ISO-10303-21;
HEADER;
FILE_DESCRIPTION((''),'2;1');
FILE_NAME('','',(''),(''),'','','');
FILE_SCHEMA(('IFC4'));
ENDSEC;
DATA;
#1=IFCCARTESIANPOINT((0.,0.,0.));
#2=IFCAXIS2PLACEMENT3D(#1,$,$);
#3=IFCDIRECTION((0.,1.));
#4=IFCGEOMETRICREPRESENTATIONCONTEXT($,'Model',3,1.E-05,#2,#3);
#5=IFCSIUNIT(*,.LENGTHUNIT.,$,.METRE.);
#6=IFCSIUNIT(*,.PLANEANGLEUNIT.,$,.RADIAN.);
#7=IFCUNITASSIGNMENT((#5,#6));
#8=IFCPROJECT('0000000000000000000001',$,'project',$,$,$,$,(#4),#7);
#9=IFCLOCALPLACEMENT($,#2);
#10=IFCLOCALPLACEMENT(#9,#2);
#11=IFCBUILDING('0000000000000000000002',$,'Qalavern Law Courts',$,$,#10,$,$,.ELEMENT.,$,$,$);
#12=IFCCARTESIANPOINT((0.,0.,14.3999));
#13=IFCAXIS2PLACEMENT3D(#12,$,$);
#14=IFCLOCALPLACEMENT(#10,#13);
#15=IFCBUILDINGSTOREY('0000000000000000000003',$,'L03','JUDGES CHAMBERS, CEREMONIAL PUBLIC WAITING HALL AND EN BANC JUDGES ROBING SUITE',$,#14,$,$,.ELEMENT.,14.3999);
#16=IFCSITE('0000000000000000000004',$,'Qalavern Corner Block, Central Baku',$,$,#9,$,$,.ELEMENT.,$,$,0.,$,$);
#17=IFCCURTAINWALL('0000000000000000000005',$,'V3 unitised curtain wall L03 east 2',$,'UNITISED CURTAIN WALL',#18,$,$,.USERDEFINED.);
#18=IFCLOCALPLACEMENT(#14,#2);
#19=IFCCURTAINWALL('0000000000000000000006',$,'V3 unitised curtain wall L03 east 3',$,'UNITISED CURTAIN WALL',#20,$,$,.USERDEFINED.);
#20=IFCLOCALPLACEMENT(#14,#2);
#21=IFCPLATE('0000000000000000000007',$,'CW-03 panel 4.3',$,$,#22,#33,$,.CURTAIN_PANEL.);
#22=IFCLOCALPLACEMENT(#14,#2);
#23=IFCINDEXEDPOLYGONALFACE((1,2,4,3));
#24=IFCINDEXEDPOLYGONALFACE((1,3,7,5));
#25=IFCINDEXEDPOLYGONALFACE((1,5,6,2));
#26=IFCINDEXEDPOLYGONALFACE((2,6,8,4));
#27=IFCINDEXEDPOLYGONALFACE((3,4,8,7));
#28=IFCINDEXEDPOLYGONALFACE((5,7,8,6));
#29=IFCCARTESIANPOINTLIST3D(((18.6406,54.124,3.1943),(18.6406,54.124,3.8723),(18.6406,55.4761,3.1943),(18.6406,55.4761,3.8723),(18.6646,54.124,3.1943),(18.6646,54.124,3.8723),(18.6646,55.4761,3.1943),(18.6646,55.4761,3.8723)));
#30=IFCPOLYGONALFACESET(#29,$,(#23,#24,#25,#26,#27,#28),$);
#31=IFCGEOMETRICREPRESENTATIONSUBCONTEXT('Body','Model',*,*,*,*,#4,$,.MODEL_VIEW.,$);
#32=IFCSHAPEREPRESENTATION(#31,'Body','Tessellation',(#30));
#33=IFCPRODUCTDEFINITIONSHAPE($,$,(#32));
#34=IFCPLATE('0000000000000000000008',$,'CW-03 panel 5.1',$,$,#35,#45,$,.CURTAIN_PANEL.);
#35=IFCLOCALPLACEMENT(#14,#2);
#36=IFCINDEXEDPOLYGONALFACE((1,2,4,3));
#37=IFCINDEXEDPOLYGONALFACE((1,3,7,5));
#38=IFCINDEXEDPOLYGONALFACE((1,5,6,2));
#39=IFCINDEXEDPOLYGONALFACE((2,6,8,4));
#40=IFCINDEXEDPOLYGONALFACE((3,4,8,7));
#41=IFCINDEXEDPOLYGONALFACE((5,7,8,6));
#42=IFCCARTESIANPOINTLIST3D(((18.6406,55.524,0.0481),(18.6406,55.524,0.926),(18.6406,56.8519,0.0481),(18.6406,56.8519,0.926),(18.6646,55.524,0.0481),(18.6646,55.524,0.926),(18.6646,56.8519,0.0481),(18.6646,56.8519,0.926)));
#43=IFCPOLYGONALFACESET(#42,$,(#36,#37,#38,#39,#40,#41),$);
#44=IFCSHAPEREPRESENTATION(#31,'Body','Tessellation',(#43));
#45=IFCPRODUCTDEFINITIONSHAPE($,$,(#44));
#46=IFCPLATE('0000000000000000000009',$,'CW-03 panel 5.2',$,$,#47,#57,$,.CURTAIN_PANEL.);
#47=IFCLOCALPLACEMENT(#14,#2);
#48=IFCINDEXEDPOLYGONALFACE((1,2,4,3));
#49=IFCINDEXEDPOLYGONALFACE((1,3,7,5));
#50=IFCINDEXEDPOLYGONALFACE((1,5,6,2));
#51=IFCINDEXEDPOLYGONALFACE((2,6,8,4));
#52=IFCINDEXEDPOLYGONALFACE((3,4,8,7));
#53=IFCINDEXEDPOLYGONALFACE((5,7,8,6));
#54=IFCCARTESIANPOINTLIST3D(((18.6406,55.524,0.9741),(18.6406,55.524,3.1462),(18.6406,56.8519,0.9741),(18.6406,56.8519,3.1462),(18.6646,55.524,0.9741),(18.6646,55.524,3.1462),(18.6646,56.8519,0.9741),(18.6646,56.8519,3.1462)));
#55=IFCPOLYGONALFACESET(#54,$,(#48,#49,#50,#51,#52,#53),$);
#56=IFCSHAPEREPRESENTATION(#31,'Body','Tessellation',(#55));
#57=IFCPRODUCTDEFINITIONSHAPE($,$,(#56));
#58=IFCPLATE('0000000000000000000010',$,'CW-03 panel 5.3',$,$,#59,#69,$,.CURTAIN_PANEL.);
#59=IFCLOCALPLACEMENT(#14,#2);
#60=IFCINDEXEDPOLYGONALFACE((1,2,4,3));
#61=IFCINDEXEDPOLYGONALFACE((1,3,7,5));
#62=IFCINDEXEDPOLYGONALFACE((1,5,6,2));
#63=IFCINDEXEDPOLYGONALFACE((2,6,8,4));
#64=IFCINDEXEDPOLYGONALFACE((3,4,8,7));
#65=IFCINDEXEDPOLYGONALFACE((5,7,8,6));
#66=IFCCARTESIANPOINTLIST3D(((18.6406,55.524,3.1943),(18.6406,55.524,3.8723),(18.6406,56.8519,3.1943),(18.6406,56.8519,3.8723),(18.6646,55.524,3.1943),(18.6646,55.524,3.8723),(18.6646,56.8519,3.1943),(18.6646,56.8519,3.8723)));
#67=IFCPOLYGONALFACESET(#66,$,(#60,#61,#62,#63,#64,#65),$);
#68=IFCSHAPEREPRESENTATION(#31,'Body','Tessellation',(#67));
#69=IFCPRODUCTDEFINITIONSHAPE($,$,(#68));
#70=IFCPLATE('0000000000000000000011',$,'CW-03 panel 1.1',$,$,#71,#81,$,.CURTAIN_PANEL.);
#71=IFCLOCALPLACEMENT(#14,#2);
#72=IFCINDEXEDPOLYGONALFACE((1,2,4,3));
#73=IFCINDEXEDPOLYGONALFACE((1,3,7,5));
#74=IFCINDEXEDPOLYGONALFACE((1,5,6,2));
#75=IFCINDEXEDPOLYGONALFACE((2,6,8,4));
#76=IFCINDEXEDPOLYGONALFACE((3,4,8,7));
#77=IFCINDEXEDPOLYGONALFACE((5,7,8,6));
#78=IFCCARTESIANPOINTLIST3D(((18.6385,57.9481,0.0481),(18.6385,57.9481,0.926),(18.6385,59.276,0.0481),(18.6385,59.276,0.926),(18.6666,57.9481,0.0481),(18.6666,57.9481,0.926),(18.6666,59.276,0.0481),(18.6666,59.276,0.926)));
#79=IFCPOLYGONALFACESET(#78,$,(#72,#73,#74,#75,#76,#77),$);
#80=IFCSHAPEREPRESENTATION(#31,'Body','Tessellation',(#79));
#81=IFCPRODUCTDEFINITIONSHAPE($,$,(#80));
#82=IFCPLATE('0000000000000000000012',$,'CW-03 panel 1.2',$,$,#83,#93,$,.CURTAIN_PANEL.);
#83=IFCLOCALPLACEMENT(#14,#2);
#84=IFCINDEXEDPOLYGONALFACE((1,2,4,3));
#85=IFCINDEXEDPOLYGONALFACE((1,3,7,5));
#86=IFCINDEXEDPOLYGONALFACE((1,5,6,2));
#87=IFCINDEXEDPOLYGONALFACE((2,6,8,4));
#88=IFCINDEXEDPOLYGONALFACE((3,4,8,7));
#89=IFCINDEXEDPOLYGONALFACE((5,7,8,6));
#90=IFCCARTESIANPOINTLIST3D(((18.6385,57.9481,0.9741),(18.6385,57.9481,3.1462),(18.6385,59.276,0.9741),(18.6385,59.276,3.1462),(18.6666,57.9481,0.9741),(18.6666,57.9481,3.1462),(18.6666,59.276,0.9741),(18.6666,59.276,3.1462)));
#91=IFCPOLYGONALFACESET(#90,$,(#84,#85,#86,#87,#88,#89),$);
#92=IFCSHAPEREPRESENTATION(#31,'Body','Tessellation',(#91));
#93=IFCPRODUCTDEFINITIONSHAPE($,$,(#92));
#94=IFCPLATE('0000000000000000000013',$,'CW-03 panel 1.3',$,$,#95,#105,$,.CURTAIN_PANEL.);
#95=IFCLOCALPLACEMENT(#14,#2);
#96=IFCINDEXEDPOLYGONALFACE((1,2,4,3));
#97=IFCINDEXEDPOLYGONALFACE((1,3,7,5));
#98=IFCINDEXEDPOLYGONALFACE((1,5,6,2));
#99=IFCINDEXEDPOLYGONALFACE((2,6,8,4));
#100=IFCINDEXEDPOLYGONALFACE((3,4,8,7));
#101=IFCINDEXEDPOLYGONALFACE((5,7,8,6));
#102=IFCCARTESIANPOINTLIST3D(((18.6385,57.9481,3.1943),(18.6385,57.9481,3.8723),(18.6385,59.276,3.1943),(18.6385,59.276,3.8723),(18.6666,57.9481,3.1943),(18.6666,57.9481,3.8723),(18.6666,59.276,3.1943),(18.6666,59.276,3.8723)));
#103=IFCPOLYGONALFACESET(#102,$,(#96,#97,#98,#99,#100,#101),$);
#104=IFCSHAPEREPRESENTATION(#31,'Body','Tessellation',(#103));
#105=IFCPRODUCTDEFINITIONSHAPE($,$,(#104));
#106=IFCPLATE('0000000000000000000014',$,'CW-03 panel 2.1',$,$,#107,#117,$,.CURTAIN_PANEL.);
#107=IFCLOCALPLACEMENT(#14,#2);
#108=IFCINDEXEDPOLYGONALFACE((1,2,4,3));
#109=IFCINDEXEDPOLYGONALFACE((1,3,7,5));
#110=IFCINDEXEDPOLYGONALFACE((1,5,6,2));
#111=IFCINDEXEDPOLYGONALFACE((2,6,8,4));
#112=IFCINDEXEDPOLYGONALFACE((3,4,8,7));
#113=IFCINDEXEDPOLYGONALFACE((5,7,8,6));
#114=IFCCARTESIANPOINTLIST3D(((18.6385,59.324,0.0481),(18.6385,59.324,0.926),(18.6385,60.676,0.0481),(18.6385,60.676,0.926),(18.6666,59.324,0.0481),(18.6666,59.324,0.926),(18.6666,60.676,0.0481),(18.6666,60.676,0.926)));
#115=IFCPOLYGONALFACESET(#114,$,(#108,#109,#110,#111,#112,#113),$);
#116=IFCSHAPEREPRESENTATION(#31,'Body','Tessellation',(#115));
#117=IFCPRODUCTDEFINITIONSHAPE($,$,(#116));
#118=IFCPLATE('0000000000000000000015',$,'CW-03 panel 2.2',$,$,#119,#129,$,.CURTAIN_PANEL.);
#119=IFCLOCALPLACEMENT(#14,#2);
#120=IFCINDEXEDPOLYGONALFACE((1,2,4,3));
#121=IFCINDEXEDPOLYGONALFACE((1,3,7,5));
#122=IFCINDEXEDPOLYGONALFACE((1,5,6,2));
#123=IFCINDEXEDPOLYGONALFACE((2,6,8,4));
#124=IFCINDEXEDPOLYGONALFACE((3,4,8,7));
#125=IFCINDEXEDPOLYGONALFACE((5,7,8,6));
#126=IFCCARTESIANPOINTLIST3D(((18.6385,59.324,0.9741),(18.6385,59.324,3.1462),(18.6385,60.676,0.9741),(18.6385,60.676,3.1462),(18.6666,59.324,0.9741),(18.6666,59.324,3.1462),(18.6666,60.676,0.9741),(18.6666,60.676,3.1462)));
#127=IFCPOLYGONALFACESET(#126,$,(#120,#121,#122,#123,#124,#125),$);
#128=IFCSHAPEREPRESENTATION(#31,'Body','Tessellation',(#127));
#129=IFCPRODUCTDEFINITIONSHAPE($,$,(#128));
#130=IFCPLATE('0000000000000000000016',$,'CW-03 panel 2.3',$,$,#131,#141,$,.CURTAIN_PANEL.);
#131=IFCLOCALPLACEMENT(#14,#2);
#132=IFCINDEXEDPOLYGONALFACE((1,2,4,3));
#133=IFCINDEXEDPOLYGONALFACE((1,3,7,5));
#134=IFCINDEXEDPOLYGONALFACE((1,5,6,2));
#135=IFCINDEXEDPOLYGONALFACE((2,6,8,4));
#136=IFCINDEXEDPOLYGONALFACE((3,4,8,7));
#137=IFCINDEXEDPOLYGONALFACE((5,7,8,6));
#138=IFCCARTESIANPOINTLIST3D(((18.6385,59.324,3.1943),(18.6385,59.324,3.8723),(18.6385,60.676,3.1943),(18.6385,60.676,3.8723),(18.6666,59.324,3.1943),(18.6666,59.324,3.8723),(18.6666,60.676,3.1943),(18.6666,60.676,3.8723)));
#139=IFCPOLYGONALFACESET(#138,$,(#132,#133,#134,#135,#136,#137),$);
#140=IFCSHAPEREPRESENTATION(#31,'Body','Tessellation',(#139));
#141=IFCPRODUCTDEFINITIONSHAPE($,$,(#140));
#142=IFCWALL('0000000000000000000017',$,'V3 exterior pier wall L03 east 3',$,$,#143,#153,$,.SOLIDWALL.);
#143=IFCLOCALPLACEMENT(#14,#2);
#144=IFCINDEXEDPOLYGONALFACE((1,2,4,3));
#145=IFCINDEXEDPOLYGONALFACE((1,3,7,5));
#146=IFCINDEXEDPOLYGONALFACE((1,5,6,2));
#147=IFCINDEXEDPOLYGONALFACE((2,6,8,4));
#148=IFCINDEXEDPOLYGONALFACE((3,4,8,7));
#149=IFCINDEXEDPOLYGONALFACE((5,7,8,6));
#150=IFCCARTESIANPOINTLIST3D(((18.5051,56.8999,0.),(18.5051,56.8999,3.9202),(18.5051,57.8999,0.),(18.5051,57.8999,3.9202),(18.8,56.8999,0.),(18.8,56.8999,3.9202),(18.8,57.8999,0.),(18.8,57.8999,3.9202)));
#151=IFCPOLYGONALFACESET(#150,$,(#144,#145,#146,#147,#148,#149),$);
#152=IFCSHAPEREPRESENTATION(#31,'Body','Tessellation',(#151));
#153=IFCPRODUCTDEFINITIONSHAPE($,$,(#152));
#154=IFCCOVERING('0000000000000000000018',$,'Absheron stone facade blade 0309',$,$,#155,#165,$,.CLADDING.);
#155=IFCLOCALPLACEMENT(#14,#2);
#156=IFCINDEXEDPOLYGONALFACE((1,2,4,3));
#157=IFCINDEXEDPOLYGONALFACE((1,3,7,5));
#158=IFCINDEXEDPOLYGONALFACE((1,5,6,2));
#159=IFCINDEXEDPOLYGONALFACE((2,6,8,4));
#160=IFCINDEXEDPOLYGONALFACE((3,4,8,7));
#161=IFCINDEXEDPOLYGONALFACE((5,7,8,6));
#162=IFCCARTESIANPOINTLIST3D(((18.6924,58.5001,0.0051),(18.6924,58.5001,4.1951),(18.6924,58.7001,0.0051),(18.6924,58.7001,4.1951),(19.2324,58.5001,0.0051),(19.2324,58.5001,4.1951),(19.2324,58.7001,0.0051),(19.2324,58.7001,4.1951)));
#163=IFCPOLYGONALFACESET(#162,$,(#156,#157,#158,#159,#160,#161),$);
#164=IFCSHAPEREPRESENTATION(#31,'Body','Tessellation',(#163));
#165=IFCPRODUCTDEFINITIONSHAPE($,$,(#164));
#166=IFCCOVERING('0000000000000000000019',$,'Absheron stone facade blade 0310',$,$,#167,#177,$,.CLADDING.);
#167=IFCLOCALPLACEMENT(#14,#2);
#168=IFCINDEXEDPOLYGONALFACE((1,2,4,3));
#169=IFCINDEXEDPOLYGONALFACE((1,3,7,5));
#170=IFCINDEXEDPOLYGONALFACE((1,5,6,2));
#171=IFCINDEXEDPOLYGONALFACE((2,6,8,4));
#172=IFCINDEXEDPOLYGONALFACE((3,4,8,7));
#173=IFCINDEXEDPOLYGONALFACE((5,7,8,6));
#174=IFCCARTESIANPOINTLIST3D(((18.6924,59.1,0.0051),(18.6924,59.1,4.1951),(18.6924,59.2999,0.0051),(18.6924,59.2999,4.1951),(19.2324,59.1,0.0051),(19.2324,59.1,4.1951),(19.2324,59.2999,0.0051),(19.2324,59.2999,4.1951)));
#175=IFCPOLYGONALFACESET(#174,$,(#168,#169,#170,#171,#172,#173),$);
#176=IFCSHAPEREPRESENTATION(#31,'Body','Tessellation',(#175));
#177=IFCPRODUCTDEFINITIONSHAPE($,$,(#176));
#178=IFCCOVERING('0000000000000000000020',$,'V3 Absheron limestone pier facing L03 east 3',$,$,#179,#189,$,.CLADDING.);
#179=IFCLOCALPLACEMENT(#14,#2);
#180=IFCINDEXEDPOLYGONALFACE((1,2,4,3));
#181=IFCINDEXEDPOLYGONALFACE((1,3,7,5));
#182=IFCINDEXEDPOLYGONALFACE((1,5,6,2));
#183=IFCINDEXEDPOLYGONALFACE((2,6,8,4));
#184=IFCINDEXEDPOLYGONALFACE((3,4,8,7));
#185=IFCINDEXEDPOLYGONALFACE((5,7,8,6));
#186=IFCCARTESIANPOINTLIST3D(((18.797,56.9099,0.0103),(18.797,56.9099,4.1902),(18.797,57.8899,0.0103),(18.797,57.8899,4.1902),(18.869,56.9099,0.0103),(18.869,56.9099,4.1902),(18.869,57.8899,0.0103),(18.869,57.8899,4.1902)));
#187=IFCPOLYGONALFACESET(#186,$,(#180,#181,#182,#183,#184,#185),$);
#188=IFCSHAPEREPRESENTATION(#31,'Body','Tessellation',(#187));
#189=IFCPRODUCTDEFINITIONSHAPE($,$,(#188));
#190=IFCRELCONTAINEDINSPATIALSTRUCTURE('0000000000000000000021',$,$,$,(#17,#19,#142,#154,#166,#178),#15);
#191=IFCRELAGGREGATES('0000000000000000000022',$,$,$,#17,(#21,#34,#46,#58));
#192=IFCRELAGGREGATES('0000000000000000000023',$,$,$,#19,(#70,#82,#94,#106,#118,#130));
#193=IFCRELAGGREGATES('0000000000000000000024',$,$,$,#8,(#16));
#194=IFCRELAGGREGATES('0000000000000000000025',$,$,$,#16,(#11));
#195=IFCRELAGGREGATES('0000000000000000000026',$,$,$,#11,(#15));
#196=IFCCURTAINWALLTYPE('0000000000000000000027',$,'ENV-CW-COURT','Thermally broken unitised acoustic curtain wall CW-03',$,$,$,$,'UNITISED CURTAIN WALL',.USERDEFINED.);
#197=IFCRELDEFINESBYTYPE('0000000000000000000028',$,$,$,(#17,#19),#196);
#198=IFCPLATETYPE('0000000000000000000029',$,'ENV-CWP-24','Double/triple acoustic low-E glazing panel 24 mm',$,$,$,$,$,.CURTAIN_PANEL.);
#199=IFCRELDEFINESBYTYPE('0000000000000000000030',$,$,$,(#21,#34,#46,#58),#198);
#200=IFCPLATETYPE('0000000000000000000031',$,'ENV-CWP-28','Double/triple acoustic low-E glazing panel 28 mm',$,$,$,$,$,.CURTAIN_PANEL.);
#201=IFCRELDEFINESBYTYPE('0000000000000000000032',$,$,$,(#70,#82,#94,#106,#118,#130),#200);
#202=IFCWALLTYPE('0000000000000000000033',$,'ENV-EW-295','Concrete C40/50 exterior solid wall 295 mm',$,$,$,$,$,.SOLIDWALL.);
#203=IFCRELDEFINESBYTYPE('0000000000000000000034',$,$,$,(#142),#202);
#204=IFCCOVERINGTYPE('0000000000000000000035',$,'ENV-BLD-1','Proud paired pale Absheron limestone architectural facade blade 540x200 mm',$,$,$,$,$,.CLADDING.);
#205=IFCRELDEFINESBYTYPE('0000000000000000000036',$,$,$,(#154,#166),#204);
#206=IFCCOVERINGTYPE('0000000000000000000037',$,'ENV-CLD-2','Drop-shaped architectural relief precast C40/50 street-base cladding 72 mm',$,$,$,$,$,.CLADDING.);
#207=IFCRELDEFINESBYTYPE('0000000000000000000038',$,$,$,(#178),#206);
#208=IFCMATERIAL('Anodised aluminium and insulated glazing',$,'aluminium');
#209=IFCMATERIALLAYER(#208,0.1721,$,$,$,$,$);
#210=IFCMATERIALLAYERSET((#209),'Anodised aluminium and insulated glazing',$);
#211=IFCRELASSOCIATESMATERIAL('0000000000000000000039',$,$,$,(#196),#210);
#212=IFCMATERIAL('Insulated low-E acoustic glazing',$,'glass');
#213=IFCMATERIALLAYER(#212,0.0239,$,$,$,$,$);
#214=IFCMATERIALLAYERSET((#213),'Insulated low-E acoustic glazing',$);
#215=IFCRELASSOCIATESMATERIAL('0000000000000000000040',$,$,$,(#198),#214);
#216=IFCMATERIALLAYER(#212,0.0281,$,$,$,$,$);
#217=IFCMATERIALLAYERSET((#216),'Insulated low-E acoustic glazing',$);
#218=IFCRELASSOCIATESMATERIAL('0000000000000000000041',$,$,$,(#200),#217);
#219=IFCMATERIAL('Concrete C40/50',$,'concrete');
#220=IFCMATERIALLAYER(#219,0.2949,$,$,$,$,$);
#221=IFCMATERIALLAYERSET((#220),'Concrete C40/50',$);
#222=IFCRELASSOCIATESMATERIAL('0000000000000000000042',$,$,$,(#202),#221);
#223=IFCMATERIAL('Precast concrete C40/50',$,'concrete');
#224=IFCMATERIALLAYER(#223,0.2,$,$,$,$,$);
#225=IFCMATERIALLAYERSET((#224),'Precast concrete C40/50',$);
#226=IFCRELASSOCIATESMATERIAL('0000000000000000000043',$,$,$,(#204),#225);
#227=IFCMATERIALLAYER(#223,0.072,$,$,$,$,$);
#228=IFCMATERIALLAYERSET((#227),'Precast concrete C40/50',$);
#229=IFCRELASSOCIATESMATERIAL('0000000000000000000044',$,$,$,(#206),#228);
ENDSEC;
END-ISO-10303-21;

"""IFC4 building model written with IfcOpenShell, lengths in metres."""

from ifc_helpers import new_model, si_unit, direction, frame, frame_2d, origin, origin_2d, place, context, subcontext, project, spatial, rectangle, extrude, material, layer, layer_set, type_object, element, aggregate, save


model = new_model("IFC4")

# Units and contexts
model_context = context("Model", 3, precision=1e-05, world=origin(), true_north=direction((0.0, 1.0)))
body_context = subcontext(model_context, "Body", "Model", "MODEL_VIEW")
ifc_project = project(units=[si_unit("LENGTHUNIT", "METRE"), si_unit("PLANEANGLEUNIT", "RADIAN")], contexts=[model_context])

# Site, building, storey
site_placement = place(None, origin())
site = spatial("IfcSite", under=ifc_project, at=site_placement, Name="Qalavern Corner Block, Central Baku", CompositionType="ELEMENT", RefElevation=0.0)
building_placement = place(site_placement, origin())
building = spatial("IfcBuilding", under=site, at=building_placement, Name="Qalavern Law Courts", CompositionType="ELEMENT")
storey_placement = place(building_placement, frame((0.0, 0.0, 14.3999)))
storey = spatial("IfcBuildingStorey", under=building, at=storey_placement, Name="L03", Description="JUDGES CHAMBERS, CEREMONIAL PUBLIC WAITING HALL AND EN BANC JUDGES ROBING SUITE", CompositionType="ELEMENT", Elevation=14.3999)

# Curtain walls
ifc_material_1 = material(Name="Anodised aluminium and insulated glazing", Category="aluminium")
ifc_layer_1 = layer(ifc_material_1, 0.1721)
ifc_layer_set_1 = layer_set([ifc_layer_1], Name="Anodised aluminium and insulated glazing")
curtain_wall_type = type_object("IfcCurtainWallType", Name="ENV-CW-COURT", Description="Thermally broken unitised acoustic curtain wall CW-03", ElementType="UNITISED CURTAIN WALL", PredefinedType="USERDEFINED", material=ifc_layer_set_1)
curtain_wall_1_placement = place(storey_placement, origin())
curtain_wall_1 = element("IfcCurtainWall", 1, at=curtain_wall_1_placement, inside=storey, type_object=curtain_wall_type, Name="V3 unitised curtain wall L03 east 2", ObjectType="UNITISED CURTAIN WALL", PredefinedType="USERDEFINED")
curtain_wall_2_placement = place(storey_placement, origin())
curtain_wall_2 = element("IfcCurtainWall", 2, at=curtain_wall_2_placement, inside=storey, type_object=curtain_wall_type, Name="V3 unitised curtain wall L03 east 3", ObjectType="UNITISED CURTAIN WALL", PredefinedType="USERDEFINED")

# Plates
ifc_material_2 = material(Name="Insulated low-E acoustic glazing", Category="glass")
ifc_layer_2 = layer(ifc_material_2, 0.0239)
ifc_layer_set_2 = layer_set([ifc_layer_2], Name="Insulated low-E acoustic glazing")
plate_type_1 = type_object("IfcPlateType", Name="ENV-CWP-24", Description="Double/triple acoustic low-E glazing panel 24 mm", PredefinedType="CURTAIN_PANEL", material=ifc_layer_set_2)
plate_1_placement = place(storey_placement, frame((18.6526, 54.8, 3.1943), z_axis=(0.0, 0.0, 1.0), x_axis=(0.0, 1.0, 0.0)))
plate_1 = element("IfcPlate", 3, at=plate_1_placement, type_object=plate_type_1, Name="CW-03 panel 4.3", PredefinedType="CURTAIN_PANEL", context=body_context, shape_type="SweptSolid", body=[
    extrude(rectangle(XDim=1.3521, YDim=0.0239, at=origin_2d()), origin(), (0.0, 0.0, 1.0), 0.678),
])
plate_2_placement = place(storey_placement, frame((18.6526, 56.188, 0.0481), z_axis=(0.0, 0.0, 1.0), x_axis=(0.0, 1.0, 0.0)))
plate_2 = element("IfcPlate", 4, at=plate_2_placement, type_object=plate_type_1, Name="CW-03 panel 5.1", PredefinedType="CURTAIN_PANEL", context=body_context, shape_type="SweptSolid", body=[
    extrude(rectangle(XDim=1.3279, YDim=0.0239, at=origin_2d()), origin(), (0.0, 0.0, 1.0), 0.8779),
])
plate_3_placement = place(storey_placement, frame((18.6526, 56.188, 0.9741), z_axis=(0.0, 0.0, 1.0), x_axis=(0.0, 1.0, 0.0)))
plate_3 = element("IfcPlate", 5, at=plate_3_placement, type_object=plate_type_1, Name="CW-03 panel 5.2", PredefinedType="CURTAIN_PANEL", context=body_context, shape_type="SweptSolid", body=[
    extrude(rectangle(XDim=1.3279, YDim=0.0239, at=origin_2d()), origin(), (0.0, 0.0, 1.0), 2.1721),
])
plate_4_placement = place(storey_placement, frame((18.6526, 56.188, 3.1943), z_axis=(0.0, 0.0, 1.0), x_axis=(0.0, 1.0, 0.0)))
plate_4 = element("IfcPlate", 6, at=plate_4_placement, type_object=plate_type_1, Name="CW-03 panel 5.3", PredefinedType="CURTAIN_PANEL", context=body_context, shape_type="SweptSolid", body=[
    extrude(rectangle(XDim=1.3279, YDim=0.0239, at=origin_2d()), origin(), (0.0, 0.0, 1.0), 0.678),
])
aggregate(curtain_wall_1, [plate_1, plate_2, plate_3, plate_4])
ifc_layer_3 = layer(ifc_material_2, 0.0281)
ifc_layer_set_3 = layer_set([ifc_layer_3], Name="Insulated low-E acoustic glazing")
plate_type_2 = type_object("IfcPlateType", Name="ENV-CWP-28", Description="Double/triple acoustic low-E glazing panel 28 mm", PredefinedType="CURTAIN_PANEL", material=ifc_layer_set_3)
plate_5_placement = place(storey_placement, frame((18.6526, 58.6121, 0.0481), z_axis=(0.0, 0.0, 1.0), x_axis=(0.0, 1.0, 0.0)))
plate_5 = element("IfcPlate", 7, at=plate_5_placement, type_object=plate_type_2, Name="CW-03 panel 1.1", PredefinedType="CURTAIN_PANEL", context=body_context, shape_type="SweptSolid", body=[
    extrude(rectangle(XDim=1.3279, YDim=0.0281, at=origin_2d()), origin(), (0.0, 0.0, 1.0), 0.8779),
])
plate_6_placement = place(storey_placement, frame((18.6526, 58.6121, 0.9741), z_axis=(0.0, 0.0, 1.0), x_axis=(0.0, 1.0, 0.0)))
plate_6 = element("IfcPlate", 8, at=plate_6_placement, type_object=plate_type_2, Name="CW-03 panel 1.2", PredefinedType="CURTAIN_PANEL", context=body_context, shape_type="SweptSolid", body=[
    extrude(rectangle(XDim=1.3279, YDim=0.0281, at=origin_2d()), origin(), (0.0, 0.0, 1.0), 2.1721),
])
plate_7_placement = place(storey_placement, frame((18.6526, 58.6121, 3.1943), z_axis=(0.0, 0.0, 1.0), x_axis=(0.0, 1.0, 0.0)))
plate_7 = element("IfcPlate", 9, at=plate_7_placement, type_object=plate_type_2, Name="CW-03 panel 1.3", PredefinedType="CURTAIN_PANEL", context=body_context, shape_type="SweptSolid", body=[
    extrude(rectangle(XDim=1.3279, YDim=0.0281, at=origin_2d()), origin(), (0.0, 0.0, 1.0), 0.678),
])
plate_8_placement = place(storey_placement, frame((18.6526, 60.0, 0.0481), z_axis=(0.0, 0.0, 1.0), x_axis=(0.0, 1.0, 0.0)))
plate_8 = element("IfcPlate", 10, at=plate_8_placement, type_object=plate_type_2, Name="CW-03 panel 2.1", PredefinedType="CURTAIN_PANEL", context=body_context, shape_type="SweptSolid", body=[
    extrude(rectangle(XDim=1.3521, YDim=0.0281, at=origin_2d()), origin(), (0.0, 0.0, 1.0), 0.8779),
])
plate_9_placement = place(storey_placement, frame((18.6526, 60.0, 0.9741), z_axis=(0.0, 0.0, 1.0), x_axis=(0.0, 1.0, 0.0)))
plate_9 = element("IfcPlate", 11, at=plate_9_placement, type_object=plate_type_2, Name="CW-03 panel 2.2", PredefinedType="CURTAIN_PANEL", context=body_context, shape_type="SweptSolid", body=[
    extrude(rectangle(XDim=1.3521, YDim=0.0281, at=origin_2d()), origin(), (0.0, 0.0, 1.0), 2.1721),
])
plate_10_placement = place(storey_placement, frame((18.6526, 60.0, 3.1943), z_axis=(0.0, 0.0, 1.0), x_axis=(0.0, 1.0, 0.0)))
plate_10 = element("IfcPlate", 12, at=plate_10_placement, type_object=plate_type_2, Name="CW-03 panel 2.3", PredefinedType="CURTAIN_PANEL", context=body_context, shape_type="SweptSolid", body=[
    extrude(rectangle(XDim=1.3521, YDim=0.0281, at=origin_2d()), origin(), (0.0, 0.0, 1.0), 0.678),
])
aggregate(curtain_wall_2, [plate_5, plate_6, plate_7, plate_8, plate_9, plate_10])

# Wall
ifc_material_3 = material(Name="Concrete C40/50", Category="concrete")
ifc_layer_4 = layer(ifc_material_3, 0.2949)
ifc_layer_set_4 = layer_set([ifc_layer_4], Name="Concrete C40/50")
wall_type = type_object("IfcWallType", Name="ENV-EW-295", Description="Concrete C40/50 exterior solid wall 295 mm", PredefinedType="SOLIDWALL", material=ifc_layer_set_4)
wall_placement = place(storey_placement, frame((18.6526, 56.8999, 0.0), z_axis=(0.0, 0.0, 1.0), x_axis=(0.0, 1.0, 0.0)))
element("IfcWall", 13, at=wall_placement, inside=storey, type_object=wall_type, Name="V3 exterior pier wall L03 east 3", PredefinedType="SOLIDWALL", context=body_context, shape_type="SweptSolid", body=[
    extrude(rectangle(XDim=1.0, YDim=0.2949, at=frame_2d((0.5, 0.0))), origin(), (0.0, 0.0, 1.0), 3.9202),
])

# Coverings
ifc_material_4 = material(Name="Precast concrete C40/50", Category="concrete")
ifc_layer_5 = layer(ifc_material_4, 0.2)
ifc_layer_set_5 = layer_set([ifc_layer_5], Name="Precast concrete C40/50")
covering_type_1 = type_object("IfcCoveringType", Name="ENV-BLD-1", Description="Proud paired pale Absheron limestone architectural facade blade 540x200 mm", PredefinedType="CLADDING", material=ifc_layer_set_5)
for number, where, z_axis, x_axis, name in (
    (14, (18.9624, 58.6001, 0.0051), (0.0, 0.0, 1.0), (1.0, 0.0, 0.0), "Absheron stone facade blade 0309"),
    (15, (18.9624, 59.2, 0.0051), (0.0, 0.0, 1.0), (1.0, 0.0, 0.0), "Absheron stone facade blade 0310"),
):
    element("IfcCovering", number, at=place(storey_placement, frame(where, z_axis=z_axis, x_axis=x_axis)), inside=storey, type_object=covering_type_1, Name=name, PredefinedType="CLADDING", context=body_context, shape_type="SweptSolid", body=[
        extrude(rectangle(XDim=0.54, YDim=0.2, at=origin_2d()), origin(), (0.0, 0.0, 1.0), 4.1899),
    ])
ifc_layer_6 = layer(ifc_material_4, 0.072)
ifc_layer_set_6 = layer_set([ifc_layer_6], Name="Precast concrete C40/50")
covering_type_2 = type_object("IfcCoveringType", Name="ENV-CLD-2", Description="Drop-shaped architectural relief precast C40/50 street-base cladding 72 mm", PredefinedType="CLADDING", material=ifc_layer_set_6)
covering_placement = place(storey_placement, frame((18.833, 57.3999, 0.0103), z_axis=(0.0, 0.0, 1.0), x_axis=(0.0, 1.0, 0.0)))
element("IfcCovering", 16, at=covering_placement, inside=storey, type_object=covering_type_2, Name="V3 Absheron limestone pier facing L03 east 3", PredefinedType="CLADDING", context=body_context, shape_type="SweptSolid", body=[
    extrude(rectangle(XDim=0.98, YDim=0.072, at=origin_2d()), origin(), (0.0, 0.0, 1.0), 4.1799),
])

save(model, "model.ifc")
